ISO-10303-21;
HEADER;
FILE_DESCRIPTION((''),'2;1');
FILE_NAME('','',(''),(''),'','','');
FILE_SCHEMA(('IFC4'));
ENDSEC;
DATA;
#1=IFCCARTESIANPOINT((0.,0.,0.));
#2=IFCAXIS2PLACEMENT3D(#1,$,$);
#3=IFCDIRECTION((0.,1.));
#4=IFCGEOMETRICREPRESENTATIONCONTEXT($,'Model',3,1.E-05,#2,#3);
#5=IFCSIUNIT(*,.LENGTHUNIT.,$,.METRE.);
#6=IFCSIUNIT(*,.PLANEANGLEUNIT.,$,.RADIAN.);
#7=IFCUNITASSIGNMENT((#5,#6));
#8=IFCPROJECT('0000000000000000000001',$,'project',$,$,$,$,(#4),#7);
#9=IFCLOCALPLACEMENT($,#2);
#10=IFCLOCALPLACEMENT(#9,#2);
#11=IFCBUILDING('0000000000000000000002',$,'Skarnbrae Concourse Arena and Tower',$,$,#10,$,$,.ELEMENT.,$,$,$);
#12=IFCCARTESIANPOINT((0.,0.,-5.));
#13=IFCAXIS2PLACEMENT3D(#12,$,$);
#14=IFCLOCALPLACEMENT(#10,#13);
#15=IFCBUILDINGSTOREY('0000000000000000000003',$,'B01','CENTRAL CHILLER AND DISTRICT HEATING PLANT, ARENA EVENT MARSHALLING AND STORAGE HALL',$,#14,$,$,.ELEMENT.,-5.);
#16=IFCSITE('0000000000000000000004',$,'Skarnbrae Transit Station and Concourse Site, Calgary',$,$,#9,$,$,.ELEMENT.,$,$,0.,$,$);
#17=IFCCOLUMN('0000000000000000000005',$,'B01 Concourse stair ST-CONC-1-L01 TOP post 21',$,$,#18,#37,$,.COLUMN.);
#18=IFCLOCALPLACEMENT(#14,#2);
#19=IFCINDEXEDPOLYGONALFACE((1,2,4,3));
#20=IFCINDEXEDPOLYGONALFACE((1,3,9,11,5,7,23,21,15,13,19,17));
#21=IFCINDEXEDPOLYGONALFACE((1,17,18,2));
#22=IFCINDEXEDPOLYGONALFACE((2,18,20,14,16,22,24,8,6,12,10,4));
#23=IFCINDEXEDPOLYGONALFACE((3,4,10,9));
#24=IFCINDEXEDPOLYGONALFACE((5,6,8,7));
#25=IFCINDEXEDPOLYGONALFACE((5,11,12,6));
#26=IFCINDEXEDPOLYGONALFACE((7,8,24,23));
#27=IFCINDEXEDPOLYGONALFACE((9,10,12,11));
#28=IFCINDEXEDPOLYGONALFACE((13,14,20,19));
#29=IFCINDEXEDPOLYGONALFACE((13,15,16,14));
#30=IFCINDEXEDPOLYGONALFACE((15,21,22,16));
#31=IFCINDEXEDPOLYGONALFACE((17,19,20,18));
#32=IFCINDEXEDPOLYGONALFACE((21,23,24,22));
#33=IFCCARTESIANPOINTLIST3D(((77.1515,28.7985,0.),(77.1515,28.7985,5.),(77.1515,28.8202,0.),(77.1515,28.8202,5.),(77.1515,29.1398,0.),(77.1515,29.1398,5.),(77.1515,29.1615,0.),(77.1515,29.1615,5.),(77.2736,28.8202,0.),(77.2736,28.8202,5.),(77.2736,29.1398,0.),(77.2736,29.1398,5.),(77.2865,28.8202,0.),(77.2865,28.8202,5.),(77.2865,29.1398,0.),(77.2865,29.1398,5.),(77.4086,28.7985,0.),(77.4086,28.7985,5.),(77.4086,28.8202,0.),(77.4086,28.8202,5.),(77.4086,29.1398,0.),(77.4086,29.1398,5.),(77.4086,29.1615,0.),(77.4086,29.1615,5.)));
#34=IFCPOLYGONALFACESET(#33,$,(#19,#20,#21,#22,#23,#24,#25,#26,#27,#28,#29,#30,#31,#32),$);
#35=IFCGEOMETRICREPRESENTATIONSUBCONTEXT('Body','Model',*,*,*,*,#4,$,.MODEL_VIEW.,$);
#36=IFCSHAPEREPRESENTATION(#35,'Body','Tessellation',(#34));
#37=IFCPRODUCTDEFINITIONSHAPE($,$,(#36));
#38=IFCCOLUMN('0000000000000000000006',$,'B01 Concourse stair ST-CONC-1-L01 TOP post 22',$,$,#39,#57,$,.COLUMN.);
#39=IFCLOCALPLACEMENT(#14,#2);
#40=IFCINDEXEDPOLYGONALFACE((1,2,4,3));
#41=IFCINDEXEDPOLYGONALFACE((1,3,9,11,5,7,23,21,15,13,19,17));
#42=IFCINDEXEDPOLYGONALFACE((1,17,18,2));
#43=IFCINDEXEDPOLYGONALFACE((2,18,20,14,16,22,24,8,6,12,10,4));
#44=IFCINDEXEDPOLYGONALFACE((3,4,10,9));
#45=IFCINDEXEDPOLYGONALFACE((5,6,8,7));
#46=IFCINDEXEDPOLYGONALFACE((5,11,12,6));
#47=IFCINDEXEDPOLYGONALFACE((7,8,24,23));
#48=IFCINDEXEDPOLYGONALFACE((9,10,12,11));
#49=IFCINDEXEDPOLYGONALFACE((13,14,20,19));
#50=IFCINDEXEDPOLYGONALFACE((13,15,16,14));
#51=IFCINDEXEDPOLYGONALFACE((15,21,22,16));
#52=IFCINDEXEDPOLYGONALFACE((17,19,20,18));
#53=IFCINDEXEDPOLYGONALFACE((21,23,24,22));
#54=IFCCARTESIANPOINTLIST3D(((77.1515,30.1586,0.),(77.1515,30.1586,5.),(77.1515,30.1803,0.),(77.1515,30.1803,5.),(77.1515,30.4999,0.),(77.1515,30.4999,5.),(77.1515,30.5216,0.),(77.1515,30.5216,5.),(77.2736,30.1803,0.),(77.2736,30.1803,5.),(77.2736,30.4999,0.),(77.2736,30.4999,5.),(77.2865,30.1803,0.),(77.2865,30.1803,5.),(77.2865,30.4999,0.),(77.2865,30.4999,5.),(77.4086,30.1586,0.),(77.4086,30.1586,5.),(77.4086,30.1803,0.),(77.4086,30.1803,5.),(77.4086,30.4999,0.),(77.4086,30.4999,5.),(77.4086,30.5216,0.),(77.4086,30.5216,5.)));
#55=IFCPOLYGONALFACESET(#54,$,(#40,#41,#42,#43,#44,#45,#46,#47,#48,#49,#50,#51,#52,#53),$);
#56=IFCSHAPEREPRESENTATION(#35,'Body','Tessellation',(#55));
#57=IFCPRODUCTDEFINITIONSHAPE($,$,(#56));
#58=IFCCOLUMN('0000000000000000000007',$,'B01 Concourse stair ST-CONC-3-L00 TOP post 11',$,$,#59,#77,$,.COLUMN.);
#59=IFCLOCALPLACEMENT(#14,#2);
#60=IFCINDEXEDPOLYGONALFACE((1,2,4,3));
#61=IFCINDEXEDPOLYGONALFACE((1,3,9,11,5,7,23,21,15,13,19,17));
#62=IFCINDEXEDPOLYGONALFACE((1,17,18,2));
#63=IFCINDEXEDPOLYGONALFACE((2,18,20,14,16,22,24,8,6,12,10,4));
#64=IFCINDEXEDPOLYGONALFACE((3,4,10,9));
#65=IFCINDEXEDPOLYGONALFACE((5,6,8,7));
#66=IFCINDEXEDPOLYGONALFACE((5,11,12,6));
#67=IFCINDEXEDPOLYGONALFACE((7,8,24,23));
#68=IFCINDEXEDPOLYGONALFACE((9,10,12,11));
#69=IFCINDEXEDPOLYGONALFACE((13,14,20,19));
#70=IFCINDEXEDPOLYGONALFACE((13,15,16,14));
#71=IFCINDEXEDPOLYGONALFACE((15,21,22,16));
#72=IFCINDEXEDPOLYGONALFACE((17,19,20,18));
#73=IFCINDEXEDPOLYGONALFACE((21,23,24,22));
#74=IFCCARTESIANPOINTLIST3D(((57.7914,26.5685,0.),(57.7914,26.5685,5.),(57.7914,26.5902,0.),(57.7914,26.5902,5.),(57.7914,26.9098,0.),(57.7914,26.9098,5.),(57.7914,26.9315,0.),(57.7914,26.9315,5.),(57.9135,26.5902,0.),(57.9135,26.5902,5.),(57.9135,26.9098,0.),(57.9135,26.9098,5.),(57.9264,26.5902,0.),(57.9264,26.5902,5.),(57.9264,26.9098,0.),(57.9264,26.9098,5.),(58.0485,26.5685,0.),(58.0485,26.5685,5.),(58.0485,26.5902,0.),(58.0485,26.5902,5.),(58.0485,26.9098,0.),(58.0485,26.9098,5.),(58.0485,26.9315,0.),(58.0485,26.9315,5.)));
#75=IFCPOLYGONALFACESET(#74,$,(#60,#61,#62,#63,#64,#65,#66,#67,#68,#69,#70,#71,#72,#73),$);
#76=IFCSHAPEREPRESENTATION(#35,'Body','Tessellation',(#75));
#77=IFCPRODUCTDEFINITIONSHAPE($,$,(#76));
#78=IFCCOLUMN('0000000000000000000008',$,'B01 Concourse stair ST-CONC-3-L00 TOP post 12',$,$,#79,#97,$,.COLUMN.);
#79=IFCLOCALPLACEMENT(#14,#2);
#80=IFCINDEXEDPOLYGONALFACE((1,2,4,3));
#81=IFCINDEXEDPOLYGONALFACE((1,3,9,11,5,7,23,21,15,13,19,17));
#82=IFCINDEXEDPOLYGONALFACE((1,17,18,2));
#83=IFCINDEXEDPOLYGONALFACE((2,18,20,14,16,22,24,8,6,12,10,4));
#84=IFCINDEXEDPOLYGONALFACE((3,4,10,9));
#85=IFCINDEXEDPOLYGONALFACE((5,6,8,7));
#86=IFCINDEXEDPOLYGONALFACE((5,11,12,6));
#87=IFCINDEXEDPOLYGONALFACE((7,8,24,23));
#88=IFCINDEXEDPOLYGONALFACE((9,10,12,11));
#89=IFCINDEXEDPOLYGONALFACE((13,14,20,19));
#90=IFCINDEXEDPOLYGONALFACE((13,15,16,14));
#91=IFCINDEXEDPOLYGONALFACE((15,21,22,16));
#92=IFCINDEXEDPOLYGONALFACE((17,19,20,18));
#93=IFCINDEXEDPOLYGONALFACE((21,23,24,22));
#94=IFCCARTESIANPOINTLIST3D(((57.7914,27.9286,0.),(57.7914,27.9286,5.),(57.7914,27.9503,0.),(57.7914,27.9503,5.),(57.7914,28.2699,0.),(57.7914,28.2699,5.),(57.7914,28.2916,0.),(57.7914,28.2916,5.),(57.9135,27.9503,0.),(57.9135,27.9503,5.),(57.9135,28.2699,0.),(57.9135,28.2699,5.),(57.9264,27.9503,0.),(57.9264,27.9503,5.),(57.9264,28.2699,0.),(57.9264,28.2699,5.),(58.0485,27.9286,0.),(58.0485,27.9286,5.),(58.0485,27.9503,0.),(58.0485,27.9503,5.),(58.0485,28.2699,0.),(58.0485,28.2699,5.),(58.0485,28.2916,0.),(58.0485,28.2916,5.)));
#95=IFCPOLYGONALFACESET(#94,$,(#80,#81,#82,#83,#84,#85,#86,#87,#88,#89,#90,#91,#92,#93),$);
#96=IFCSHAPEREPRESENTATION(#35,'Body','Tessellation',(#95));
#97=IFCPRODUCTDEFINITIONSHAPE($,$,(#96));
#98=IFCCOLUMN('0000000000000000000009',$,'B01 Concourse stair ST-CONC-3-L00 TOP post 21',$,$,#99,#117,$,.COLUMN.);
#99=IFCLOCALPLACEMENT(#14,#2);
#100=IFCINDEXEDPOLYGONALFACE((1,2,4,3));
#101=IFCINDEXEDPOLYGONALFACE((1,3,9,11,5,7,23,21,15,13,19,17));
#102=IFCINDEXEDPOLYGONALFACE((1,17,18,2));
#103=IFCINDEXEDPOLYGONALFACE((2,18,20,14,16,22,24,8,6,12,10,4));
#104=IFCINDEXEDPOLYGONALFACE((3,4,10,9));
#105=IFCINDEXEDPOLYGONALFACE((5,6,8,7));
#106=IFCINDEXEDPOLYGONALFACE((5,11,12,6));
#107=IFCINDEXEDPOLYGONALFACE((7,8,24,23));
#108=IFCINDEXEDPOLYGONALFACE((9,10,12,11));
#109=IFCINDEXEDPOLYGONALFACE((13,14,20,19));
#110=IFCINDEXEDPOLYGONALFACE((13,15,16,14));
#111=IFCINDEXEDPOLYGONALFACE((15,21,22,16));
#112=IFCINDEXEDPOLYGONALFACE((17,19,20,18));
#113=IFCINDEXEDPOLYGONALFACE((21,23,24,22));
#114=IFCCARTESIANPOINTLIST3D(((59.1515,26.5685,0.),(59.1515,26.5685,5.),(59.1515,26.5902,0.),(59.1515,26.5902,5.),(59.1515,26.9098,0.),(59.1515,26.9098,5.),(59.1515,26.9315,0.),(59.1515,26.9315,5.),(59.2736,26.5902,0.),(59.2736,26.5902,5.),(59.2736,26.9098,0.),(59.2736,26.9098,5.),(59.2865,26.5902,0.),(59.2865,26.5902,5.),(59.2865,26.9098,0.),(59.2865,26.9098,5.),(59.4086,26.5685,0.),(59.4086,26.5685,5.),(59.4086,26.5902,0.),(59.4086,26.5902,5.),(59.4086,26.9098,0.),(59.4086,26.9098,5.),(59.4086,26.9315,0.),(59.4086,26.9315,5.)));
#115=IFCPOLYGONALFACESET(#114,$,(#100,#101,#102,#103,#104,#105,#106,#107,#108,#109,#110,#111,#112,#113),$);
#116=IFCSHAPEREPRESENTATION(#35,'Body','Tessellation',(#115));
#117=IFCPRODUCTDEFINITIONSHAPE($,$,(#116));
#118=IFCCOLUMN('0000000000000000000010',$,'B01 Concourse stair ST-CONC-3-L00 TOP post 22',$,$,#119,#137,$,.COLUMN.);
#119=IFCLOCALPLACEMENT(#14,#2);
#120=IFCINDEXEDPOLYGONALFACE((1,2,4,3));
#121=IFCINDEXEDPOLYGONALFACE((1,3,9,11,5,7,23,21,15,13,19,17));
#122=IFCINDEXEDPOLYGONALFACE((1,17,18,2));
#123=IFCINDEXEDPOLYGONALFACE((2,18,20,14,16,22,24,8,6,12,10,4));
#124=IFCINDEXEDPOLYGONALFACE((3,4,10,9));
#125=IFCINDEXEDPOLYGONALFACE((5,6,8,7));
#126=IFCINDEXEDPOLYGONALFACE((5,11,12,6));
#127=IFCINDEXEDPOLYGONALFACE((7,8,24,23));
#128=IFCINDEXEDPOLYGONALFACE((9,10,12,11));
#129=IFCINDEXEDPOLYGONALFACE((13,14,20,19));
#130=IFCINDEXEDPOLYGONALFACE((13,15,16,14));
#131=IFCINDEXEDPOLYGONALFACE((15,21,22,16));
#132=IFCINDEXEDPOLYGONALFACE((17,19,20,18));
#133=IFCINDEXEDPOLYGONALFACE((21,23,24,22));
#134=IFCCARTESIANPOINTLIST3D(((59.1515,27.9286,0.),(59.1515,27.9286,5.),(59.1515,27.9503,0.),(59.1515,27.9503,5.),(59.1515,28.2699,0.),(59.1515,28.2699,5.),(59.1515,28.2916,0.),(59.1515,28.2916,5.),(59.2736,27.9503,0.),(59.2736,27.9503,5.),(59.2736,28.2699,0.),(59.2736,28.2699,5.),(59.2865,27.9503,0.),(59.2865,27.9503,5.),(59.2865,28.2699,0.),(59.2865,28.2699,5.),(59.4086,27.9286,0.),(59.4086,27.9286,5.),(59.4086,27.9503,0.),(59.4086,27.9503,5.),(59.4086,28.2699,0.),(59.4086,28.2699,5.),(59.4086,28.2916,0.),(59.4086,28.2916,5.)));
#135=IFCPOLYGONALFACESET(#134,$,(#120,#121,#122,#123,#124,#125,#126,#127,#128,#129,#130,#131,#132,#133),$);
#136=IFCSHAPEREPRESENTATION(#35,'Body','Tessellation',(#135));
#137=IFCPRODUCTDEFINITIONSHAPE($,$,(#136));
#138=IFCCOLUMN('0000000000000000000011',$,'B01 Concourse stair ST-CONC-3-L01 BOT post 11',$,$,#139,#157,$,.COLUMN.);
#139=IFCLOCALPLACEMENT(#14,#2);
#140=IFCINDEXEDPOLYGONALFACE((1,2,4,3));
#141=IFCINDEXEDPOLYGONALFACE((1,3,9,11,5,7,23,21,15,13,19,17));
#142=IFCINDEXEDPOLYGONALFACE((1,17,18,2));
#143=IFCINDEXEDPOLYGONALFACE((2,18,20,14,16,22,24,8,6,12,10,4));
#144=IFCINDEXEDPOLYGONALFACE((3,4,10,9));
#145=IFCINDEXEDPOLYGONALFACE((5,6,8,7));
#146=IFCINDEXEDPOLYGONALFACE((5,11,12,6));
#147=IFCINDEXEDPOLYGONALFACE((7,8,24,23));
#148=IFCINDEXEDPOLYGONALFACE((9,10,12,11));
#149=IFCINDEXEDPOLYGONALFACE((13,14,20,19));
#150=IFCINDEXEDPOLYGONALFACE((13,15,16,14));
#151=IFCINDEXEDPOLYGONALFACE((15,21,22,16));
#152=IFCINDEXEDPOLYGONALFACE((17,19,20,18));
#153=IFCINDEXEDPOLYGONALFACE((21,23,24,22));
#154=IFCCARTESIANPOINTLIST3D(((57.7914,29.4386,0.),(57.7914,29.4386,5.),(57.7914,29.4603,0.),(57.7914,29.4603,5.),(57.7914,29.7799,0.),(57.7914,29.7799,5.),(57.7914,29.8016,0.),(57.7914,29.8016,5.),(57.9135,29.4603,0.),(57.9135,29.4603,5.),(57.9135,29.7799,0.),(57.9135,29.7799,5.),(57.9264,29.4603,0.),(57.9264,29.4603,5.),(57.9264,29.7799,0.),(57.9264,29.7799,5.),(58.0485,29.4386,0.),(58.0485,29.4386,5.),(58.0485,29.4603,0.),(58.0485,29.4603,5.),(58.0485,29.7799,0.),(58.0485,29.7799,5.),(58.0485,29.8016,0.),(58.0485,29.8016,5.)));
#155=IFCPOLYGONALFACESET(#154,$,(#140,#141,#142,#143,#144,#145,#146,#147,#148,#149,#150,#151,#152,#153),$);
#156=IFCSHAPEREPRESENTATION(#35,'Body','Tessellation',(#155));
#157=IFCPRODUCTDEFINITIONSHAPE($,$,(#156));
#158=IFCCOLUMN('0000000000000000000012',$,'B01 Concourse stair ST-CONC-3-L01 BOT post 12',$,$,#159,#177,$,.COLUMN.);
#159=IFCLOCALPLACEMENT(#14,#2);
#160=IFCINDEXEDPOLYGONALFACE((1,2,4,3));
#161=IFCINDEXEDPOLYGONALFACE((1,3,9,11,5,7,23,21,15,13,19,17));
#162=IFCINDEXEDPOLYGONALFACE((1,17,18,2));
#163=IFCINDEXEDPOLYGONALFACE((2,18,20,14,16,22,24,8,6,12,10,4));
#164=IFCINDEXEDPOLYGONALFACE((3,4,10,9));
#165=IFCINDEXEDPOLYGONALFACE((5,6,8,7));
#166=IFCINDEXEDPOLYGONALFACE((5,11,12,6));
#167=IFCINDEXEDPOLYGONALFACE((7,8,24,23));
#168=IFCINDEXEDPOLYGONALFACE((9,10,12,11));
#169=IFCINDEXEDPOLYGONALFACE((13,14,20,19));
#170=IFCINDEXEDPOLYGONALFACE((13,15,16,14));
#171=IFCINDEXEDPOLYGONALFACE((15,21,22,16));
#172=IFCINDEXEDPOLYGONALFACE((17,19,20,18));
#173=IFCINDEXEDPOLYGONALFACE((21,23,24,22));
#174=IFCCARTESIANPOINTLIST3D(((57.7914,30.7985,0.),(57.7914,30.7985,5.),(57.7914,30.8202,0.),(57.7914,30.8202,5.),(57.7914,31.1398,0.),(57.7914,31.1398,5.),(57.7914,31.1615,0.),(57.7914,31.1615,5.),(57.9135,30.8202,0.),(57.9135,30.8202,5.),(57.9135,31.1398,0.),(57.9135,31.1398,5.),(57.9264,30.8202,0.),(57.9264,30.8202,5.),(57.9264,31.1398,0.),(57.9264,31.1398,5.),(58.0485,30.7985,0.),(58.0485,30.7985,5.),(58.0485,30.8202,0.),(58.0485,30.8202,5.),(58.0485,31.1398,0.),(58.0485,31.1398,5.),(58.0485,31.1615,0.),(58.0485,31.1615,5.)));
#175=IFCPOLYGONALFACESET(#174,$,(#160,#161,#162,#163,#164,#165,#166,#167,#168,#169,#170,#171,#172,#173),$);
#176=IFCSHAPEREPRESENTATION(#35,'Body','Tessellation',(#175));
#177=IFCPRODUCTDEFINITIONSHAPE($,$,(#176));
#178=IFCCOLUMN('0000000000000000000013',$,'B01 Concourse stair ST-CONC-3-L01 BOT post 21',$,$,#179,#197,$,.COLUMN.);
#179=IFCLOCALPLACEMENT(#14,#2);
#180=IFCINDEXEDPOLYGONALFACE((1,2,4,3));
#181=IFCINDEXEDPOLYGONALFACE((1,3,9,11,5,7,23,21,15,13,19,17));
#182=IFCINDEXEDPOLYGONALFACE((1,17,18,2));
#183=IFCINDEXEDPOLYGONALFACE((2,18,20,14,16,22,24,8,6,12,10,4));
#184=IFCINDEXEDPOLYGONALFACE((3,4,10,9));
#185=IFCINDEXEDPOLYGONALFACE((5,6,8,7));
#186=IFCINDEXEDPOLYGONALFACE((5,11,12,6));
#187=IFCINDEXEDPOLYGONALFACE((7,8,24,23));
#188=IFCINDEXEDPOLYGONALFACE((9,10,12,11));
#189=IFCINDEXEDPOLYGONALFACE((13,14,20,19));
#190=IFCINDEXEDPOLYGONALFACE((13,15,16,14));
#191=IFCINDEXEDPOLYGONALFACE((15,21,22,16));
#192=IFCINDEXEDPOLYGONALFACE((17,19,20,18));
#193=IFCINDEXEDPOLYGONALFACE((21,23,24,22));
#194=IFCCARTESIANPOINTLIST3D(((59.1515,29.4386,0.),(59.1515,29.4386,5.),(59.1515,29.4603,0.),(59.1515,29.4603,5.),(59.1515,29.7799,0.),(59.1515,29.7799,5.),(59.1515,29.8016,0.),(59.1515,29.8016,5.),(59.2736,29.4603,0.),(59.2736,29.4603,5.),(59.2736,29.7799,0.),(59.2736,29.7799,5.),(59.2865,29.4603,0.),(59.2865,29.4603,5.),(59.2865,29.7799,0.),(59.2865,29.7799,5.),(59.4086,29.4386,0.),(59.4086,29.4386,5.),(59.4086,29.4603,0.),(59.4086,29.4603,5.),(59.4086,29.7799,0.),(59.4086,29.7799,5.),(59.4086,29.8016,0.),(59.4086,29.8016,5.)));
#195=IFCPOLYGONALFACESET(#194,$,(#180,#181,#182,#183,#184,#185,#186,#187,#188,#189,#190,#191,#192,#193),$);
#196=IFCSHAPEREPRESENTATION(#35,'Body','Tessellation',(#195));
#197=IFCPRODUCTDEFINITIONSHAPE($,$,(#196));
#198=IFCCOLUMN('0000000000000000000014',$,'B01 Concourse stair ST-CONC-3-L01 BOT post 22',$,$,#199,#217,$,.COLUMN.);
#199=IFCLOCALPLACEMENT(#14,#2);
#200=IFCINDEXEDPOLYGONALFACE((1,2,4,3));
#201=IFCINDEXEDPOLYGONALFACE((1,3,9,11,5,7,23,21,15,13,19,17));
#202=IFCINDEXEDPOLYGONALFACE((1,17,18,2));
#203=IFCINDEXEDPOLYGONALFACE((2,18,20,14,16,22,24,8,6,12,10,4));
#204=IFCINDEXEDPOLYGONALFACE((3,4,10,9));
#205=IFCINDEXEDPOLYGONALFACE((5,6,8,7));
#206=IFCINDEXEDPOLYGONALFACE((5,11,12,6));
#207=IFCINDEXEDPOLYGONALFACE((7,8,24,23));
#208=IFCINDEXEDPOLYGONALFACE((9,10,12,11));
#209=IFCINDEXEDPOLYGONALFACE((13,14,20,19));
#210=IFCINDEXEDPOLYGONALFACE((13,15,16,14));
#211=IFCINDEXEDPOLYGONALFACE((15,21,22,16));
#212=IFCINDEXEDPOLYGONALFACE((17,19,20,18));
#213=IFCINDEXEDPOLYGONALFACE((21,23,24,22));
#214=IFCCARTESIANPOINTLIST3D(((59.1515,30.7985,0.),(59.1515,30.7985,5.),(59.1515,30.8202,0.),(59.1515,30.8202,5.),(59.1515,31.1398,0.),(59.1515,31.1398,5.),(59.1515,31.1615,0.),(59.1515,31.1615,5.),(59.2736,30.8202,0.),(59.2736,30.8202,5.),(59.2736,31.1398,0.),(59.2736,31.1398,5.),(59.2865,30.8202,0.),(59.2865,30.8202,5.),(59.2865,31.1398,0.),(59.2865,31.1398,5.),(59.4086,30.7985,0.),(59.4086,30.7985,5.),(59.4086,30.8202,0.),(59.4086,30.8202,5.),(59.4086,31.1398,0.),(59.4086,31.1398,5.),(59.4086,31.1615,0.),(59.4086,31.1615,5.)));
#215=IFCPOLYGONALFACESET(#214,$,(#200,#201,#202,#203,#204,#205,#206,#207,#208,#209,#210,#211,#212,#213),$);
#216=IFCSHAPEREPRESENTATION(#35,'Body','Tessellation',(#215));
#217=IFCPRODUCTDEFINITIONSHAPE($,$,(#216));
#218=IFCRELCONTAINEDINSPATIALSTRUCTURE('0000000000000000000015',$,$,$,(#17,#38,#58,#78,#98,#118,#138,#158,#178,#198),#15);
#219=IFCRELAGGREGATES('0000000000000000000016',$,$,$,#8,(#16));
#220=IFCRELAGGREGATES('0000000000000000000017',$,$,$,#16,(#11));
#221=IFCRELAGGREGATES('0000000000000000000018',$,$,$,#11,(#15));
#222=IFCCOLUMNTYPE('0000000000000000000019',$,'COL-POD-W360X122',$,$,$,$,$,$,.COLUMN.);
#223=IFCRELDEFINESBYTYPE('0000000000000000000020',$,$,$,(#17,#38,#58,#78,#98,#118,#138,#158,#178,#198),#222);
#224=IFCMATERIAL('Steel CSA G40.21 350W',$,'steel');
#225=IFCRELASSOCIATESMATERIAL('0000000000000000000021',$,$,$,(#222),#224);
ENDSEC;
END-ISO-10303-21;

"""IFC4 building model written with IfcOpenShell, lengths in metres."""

from ifc_helpers import new_model, si_unit, direction, frame, origin, origin_2d, place, context, subcontext, project, spatial, i_section, extrude, source, transform, mapped, material, material_profile, profile_set, type_object, element, save


model = new_model("IFC4")

# Units and contexts
model_context = context("Model", 3, precision=1e-05, world=origin(), true_north=direction((0.0, 1.0)))
body_context = subcontext(model_context, "Body", "Model", "MODEL_VIEW")
ifc_project = project(units=[si_unit("LENGTHUNIT", "METRE"), si_unit("PLANEANGLEUNIT", "RADIAN")], contexts=[model_context])

# Site, building, storey
site_placement = place(None, origin())
site = spatial("IfcSite", under=ifc_project, at=site_placement, Name="Skarnbrae Transit Station and Concourse Site, Calgary", CompositionType="ELEMENT", RefElevation=0.0)
building_placement = place(site_placement, origin())
building = spatial("IfcBuilding", under=site, at=building_placement, Name="Skarnbrae Concourse Arena and Tower", CompositionType="ELEMENT")
storey_placement = place(building_placement, frame((0.0, 0.0, -5.0)))
storey = spatial("IfcBuildingStorey", under=building, at=storey_placement, Name="B01", Description="CENTRAL CHILLER AND DISTRICT HEATING PLANT, ARENA EVENT MARSHALLING AND STORAGE HALL", CompositionType="ELEMENT", Elevation=-5.0)

# Columns
ifc_material_1 = material(Name="Steel CSA G40.21 350W", Category="steel")
ifc_material_profile_1 = material_profile(ifc_material_1, i_section(OverallWidth=0.2571, OverallDepth=0.363, WebThickness=0.0129, FlangeThickness=0.0217, at=origin_2d()), Name="W360X122")
ifc_profile_set_1 = profile_set([ifc_material_profile_1], Name="Steel CSA G40.21 350W")
column_type_1 = type_object("IfcColumnType", Name="COL-POD-W360X122", PredefinedType="COLUMN", material=ifc_profile_set_1)
shared_shape_1 = source(origin(), body_context, "Body", "SweptSolid", [
    extrude(i_section(OverallWidth=0.2571, OverallDepth=0.363, WebThickness=0.0129, FlangeThickness=0.0217, at=origin_2d()), origin(), (0.0, 0.0, 1.0), 5.0),
])
for number, where, z_axis, x_axis, name in (
    (1, (77.28, 28.98, 0.0), (0.0, 0.0, 1.0), (1.0, 0.0, 0.0), "B01 Concourse stair ST-CONC-1-L01 TOP post 21"),
    (2, (77.28, 30.3401, 0.0), (0.0, 0.0, 1.0), (1.0, 0.0, 0.0), "B01 Concourse stair ST-CONC-1-L01 TOP post 22"),
    (3, (57.9199, 26.75, 0.0), (0.0, 0.0, 1.0), (1.0, 0.0, 0.0), "B01 Concourse stair ST-CONC-3-L00 TOP post 11"),
    (4, (57.9199, 28.1101, 0.0), (0.0, 0.0, 1.0), (1.0, 0.0, 0.0), "B01 Concourse stair ST-CONC-3-L00 TOP post 12"),
    (5, (59.28, 26.75, 0.0), (0.0, 0.0, 1.0), (1.0, 0.0, 0.0), "B01 Concourse stair ST-CONC-3-L00 TOP post 21"),
    (6, (59.28, 28.1101, 0.0), (0.0, 0.0, 1.0), (1.0, 0.0, 0.0), "B01 Concourse stair ST-CONC-3-L00 TOP post 22"),
    (7, (57.9199, 29.6201, 0.0), (0.0, 0.0, 1.0), (1.0, 0.0, 0.0), "B01 Concourse stair ST-CONC-3-L01 BOT post 11"),
    (8, (57.9199, 30.98, 0.0), (0.0, 0.0, 1.0), (1.0, 0.0, 0.0), "B01 Concourse stair ST-CONC-3-L01 BOT post 12"),
    (9, (59.28, 29.6201, 0.0), (0.0, 0.0, 1.0), (1.0, 0.0, 0.0), "B01 Concourse stair ST-CONC-3-L01 BOT post 21"),
    (10, (59.28, 30.98, 0.0), (0.0, 0.0, 1.0), (1.0, 0.0, 0.0), "B01 Concourse stair ST-CONC-3-L01 BOT post 22"),
):
    element("IfcColumn", number, at=place(storey_placement, frame(where, z_axis=z_axis, x_axis=x_axis)), inside=storey, type_object=column_type_1, Name=name, PredefinedType="COLUMN", context=body_context, shape_type="MappedRepresentation", body=[
        mapped(shared_shape_1, transform((0.0, 0.0, 0.0))),
    ])

save(model, "model.ifc")
